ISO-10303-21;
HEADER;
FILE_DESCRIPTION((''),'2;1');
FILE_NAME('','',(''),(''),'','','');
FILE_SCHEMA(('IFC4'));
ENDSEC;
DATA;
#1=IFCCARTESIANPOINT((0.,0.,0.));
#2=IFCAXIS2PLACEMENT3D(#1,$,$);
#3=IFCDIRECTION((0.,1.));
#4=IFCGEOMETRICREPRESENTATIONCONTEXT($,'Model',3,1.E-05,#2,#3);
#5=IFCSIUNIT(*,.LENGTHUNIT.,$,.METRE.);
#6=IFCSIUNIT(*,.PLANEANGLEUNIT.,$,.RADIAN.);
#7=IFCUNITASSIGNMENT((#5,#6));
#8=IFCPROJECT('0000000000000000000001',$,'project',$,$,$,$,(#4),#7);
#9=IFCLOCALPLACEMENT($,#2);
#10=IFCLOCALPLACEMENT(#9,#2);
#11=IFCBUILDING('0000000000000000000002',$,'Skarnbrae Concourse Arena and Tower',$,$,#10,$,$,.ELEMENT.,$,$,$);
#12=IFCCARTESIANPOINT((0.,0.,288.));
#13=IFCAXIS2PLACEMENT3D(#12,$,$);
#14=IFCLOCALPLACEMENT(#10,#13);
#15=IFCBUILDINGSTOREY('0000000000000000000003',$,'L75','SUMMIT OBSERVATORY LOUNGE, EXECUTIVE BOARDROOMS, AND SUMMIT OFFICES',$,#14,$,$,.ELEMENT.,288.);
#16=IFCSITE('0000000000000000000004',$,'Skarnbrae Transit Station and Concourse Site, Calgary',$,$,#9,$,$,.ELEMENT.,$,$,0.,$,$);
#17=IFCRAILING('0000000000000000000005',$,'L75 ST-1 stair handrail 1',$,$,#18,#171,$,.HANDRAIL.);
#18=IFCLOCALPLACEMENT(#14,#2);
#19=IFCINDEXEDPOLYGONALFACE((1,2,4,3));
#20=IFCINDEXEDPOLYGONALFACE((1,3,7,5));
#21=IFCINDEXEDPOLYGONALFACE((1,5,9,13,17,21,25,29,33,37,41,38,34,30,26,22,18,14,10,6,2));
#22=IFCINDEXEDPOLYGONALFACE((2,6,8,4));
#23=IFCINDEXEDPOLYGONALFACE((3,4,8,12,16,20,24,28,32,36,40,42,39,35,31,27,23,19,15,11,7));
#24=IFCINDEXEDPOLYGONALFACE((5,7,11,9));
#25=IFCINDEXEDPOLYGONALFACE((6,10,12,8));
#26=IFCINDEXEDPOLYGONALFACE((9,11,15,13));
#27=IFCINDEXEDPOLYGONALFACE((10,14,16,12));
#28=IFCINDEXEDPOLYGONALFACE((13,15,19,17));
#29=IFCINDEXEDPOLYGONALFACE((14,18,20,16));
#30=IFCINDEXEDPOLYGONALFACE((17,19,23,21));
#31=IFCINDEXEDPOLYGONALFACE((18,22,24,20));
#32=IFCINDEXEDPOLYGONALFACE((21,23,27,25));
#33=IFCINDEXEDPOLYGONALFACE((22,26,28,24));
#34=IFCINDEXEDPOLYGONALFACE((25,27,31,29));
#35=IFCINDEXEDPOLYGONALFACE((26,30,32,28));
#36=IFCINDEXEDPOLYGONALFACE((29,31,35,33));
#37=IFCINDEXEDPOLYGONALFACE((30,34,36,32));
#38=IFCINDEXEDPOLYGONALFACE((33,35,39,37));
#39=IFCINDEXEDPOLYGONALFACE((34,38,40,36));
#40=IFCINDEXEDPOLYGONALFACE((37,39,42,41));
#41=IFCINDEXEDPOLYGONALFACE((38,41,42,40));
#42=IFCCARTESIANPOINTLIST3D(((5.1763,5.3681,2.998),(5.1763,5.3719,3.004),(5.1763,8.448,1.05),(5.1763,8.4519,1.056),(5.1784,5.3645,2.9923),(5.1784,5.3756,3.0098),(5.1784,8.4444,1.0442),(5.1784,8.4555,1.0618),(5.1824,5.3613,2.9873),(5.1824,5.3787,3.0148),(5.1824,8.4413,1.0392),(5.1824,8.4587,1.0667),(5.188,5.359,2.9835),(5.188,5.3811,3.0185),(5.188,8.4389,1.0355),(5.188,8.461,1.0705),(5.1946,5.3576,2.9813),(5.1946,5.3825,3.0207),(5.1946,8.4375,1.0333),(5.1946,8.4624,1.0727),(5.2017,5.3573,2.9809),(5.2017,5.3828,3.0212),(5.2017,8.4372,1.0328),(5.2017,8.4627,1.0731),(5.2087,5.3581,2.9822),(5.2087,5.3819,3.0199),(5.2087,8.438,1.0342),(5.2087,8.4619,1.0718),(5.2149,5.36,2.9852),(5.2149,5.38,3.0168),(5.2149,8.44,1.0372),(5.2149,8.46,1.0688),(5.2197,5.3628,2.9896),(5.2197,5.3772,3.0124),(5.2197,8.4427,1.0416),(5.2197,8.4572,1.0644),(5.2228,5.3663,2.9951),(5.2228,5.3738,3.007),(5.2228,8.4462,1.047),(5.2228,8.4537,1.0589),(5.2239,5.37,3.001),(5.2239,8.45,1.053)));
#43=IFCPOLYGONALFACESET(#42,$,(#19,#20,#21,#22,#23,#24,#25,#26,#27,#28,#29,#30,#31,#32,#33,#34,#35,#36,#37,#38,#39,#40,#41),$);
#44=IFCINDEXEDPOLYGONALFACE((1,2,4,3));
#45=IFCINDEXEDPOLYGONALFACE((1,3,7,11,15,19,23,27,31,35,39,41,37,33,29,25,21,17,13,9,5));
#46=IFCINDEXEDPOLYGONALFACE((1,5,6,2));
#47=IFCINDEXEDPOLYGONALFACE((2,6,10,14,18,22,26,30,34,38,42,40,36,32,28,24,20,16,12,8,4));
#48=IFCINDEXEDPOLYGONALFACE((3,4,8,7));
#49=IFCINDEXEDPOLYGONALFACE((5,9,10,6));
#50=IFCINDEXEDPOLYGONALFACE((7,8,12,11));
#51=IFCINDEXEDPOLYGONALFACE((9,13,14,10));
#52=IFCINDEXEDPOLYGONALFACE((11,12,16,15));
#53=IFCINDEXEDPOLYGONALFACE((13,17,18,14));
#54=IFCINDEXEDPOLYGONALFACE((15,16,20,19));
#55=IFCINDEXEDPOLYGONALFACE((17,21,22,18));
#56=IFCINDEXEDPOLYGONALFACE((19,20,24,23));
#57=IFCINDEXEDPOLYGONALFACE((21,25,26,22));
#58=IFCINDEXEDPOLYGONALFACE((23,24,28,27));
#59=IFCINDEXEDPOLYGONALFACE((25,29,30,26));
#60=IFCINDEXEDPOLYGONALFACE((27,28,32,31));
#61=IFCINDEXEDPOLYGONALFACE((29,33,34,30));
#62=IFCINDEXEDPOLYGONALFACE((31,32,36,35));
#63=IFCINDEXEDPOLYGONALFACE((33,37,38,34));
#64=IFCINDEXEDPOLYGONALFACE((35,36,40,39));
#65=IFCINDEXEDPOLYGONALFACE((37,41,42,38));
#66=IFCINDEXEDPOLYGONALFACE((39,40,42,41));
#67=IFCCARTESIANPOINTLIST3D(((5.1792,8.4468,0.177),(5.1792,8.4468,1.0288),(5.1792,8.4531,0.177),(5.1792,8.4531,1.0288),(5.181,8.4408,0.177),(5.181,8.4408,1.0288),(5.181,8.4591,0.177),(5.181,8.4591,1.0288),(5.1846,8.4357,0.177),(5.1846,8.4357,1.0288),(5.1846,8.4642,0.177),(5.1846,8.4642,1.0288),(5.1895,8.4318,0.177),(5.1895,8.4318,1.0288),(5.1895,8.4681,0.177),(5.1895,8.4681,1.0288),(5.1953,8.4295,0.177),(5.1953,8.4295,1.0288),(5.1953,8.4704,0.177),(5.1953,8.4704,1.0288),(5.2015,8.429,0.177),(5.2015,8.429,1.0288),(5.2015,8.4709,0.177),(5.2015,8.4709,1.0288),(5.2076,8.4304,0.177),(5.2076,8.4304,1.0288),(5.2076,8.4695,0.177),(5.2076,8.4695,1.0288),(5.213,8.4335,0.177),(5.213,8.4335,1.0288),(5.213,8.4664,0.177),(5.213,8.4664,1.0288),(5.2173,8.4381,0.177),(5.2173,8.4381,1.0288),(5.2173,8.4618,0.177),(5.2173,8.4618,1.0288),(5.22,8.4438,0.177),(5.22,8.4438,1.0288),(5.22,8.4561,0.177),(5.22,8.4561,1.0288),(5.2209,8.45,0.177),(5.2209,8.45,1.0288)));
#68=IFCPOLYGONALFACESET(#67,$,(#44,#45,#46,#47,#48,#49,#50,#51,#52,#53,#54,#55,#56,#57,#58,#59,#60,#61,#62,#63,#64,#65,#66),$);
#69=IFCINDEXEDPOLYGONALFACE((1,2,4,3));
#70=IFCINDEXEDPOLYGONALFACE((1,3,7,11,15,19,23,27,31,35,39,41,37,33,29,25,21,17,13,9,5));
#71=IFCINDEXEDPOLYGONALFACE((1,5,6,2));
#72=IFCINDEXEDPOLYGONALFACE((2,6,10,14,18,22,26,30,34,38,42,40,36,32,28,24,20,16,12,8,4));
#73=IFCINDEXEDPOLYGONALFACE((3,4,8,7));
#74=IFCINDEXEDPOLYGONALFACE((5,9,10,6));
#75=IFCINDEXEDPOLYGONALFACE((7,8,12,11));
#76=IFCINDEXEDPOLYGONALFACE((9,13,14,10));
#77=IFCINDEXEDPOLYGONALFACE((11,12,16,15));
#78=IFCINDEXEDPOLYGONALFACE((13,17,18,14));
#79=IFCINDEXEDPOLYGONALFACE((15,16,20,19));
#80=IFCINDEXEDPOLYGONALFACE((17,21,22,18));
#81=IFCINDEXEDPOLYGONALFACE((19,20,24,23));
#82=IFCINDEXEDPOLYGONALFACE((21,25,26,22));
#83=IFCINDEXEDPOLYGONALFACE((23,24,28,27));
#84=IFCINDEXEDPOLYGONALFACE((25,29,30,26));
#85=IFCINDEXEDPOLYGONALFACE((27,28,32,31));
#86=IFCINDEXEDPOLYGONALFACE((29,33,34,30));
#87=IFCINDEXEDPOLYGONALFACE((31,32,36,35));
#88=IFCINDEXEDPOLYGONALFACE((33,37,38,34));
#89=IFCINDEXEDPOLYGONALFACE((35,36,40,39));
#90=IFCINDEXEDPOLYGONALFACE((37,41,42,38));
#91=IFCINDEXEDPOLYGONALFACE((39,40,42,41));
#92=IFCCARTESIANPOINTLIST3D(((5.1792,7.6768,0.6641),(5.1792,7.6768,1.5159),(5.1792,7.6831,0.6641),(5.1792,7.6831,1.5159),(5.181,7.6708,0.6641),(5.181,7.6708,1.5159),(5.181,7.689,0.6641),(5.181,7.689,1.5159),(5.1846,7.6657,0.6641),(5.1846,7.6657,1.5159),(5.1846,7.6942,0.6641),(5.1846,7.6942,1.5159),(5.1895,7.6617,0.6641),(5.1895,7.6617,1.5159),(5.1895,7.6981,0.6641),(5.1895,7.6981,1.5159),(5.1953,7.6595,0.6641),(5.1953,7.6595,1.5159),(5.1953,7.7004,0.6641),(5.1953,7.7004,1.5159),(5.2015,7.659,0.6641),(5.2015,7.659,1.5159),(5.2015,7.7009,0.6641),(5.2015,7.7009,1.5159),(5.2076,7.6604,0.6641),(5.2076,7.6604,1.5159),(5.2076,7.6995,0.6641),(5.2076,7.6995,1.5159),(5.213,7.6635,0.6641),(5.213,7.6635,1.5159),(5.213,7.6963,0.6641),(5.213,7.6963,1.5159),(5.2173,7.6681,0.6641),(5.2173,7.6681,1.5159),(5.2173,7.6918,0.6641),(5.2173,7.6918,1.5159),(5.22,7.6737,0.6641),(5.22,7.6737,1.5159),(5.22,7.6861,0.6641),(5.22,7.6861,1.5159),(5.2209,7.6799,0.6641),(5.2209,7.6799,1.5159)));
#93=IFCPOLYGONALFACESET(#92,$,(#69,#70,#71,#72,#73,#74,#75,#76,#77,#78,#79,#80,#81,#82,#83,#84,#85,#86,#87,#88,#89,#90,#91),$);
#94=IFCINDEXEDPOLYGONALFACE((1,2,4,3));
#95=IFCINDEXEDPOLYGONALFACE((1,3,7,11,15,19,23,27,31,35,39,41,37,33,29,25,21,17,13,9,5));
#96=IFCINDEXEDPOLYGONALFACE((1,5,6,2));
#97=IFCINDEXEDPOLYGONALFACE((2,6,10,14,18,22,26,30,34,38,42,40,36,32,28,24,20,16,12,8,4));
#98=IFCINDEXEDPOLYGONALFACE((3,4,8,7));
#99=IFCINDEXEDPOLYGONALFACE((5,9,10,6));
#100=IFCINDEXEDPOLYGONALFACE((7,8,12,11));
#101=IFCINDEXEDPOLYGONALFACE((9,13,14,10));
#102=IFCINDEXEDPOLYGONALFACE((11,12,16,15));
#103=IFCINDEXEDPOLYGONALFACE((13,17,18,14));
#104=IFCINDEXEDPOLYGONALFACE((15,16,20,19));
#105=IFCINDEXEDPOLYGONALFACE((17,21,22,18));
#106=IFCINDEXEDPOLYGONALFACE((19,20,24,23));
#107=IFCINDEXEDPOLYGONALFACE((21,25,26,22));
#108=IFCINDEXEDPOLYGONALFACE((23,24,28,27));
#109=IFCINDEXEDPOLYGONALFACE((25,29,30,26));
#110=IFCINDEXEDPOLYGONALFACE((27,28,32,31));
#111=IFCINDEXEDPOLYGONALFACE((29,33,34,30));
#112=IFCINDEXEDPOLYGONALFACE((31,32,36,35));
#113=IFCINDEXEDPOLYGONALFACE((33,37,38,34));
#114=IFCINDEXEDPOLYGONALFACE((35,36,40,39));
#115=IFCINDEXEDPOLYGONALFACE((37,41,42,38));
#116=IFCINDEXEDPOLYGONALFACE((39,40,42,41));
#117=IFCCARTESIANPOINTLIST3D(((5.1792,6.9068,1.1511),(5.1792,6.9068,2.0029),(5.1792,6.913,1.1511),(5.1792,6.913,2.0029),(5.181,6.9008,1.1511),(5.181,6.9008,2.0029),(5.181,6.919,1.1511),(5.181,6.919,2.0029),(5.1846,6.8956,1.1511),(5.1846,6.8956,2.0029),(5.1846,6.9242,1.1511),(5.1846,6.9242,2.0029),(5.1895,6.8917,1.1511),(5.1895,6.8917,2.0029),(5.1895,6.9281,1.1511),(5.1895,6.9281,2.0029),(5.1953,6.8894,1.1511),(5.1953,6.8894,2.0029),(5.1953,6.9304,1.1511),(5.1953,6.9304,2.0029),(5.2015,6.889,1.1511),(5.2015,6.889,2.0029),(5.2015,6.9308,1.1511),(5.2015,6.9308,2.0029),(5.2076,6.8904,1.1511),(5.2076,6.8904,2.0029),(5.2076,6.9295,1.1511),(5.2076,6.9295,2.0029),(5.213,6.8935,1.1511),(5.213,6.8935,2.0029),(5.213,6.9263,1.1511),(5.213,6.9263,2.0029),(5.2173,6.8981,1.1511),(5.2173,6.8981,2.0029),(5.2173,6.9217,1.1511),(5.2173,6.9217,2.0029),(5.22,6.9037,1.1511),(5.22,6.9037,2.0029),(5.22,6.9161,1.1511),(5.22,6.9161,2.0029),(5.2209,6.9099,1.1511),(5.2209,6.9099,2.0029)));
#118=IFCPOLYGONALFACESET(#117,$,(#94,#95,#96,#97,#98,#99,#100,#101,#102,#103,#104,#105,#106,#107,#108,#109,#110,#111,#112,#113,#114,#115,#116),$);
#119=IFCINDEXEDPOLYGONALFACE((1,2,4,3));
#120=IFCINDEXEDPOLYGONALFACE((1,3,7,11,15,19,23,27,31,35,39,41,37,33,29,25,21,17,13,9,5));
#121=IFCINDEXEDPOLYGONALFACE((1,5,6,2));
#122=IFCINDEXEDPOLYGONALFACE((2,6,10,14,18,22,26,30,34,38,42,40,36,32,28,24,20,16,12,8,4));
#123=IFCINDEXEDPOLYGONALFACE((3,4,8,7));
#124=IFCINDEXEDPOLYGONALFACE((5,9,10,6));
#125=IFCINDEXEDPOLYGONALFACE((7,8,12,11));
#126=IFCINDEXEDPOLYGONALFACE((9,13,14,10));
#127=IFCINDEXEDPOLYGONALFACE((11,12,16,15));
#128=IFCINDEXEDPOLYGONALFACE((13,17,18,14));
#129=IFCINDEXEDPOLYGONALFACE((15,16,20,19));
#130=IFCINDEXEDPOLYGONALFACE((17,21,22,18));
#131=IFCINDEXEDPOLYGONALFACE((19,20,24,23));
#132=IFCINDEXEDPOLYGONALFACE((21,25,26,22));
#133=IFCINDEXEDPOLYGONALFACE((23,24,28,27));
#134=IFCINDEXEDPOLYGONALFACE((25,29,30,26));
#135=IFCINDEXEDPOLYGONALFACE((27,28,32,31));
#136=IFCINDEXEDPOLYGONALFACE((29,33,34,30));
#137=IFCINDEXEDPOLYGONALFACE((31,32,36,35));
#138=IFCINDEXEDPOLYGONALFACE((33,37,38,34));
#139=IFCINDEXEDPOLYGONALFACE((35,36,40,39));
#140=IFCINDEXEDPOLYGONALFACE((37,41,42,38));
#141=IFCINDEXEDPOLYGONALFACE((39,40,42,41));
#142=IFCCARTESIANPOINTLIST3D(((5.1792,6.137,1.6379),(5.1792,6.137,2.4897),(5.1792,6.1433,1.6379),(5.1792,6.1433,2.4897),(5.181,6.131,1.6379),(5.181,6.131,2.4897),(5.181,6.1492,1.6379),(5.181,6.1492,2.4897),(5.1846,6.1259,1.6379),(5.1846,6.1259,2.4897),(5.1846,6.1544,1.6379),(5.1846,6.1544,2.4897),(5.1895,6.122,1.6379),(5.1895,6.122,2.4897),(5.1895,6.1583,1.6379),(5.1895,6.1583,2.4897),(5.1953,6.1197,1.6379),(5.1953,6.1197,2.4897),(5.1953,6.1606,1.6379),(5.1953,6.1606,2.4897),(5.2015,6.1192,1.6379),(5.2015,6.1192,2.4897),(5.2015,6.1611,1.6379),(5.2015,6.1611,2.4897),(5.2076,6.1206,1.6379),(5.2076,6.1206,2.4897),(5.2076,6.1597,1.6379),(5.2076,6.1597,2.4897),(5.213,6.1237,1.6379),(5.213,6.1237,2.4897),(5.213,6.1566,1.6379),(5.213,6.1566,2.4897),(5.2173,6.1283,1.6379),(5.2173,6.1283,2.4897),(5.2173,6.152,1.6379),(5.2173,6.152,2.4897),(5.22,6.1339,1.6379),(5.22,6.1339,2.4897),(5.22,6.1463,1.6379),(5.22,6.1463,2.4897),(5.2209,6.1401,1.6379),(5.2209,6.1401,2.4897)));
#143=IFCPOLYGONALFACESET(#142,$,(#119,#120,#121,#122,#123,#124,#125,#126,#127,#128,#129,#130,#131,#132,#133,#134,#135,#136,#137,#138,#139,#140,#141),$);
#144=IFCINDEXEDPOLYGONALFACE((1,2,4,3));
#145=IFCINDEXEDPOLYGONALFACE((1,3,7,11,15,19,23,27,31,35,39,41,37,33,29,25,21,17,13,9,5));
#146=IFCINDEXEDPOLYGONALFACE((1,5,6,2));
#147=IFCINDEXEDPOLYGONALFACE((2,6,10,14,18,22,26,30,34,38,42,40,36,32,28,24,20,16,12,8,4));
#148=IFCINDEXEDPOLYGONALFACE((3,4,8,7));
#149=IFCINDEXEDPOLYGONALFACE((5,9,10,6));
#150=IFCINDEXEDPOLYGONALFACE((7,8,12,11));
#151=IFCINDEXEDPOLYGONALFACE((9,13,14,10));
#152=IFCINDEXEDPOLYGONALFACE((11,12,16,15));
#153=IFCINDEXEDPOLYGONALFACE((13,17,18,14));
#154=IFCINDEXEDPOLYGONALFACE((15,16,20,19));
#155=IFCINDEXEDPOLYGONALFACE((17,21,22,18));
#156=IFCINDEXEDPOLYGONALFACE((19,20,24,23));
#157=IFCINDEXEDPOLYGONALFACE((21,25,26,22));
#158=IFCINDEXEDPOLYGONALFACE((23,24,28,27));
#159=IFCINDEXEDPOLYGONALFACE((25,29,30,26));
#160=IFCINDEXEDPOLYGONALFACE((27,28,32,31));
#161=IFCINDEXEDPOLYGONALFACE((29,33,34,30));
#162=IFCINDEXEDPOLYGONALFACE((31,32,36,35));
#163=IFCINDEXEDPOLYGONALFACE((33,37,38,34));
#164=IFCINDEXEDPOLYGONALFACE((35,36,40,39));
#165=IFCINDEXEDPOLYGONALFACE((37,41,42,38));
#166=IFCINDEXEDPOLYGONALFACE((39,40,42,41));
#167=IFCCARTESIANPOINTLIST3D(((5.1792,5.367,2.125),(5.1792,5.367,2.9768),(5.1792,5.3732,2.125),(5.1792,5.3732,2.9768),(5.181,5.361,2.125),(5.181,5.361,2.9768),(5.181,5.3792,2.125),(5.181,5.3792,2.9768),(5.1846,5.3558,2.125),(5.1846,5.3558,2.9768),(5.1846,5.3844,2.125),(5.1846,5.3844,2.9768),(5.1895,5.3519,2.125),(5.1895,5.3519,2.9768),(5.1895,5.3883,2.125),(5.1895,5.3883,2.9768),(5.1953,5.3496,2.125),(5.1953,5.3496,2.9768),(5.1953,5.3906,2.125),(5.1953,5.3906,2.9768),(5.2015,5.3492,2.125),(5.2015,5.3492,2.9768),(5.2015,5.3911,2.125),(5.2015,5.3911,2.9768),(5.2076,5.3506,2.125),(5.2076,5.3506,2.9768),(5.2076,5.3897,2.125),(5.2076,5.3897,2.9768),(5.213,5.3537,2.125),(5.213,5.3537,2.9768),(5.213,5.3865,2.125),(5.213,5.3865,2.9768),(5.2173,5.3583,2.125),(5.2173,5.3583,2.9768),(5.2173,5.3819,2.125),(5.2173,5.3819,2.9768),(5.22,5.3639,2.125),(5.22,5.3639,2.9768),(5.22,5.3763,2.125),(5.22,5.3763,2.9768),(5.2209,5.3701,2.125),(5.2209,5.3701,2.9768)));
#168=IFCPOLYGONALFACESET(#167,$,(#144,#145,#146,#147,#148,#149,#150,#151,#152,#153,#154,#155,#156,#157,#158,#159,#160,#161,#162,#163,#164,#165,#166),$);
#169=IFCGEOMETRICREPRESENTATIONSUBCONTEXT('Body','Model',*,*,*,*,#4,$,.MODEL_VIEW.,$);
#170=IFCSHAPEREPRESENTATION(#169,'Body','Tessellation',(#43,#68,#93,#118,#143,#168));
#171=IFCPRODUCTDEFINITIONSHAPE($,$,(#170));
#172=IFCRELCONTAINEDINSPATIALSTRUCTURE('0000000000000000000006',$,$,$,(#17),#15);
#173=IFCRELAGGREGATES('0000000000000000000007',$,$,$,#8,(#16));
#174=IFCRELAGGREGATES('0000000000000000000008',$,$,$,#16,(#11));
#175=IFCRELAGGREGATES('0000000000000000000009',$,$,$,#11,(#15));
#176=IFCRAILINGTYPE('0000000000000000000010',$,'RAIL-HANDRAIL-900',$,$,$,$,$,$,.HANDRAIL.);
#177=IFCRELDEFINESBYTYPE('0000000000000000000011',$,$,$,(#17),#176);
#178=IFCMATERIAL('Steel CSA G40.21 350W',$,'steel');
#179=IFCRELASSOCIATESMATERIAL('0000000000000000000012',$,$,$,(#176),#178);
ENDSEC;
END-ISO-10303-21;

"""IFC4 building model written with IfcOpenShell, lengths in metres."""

from ifc_helpers import new_model, si_unit, direction, frame, origin, origin_2d, place, context, subcontext, project, spatial, circle, extrude, material, type_object, element, save


model = new_model("IFC4")

# Units and contexts
model_context = context("Model", 3, precision=1e-05, world=origin(), true_north=direction((0.0, 1.0)))
body_context = subcontext(model_context, "Body", "Model", "MODEL_VIEW")
ifc_project = project(units=[si_unit("LENGTHUNIT", "METRE"), si_unit("PLANEANGLEUNIT", "RADIAN")], contexts=[model_context])

# Site, building, storey
site_placement = place(None, origin())
site = spatial("IfcSite", under=ifc_project, at=site_placement, Name="Skarnbrae Transit Station and Concourse Site, Calgary", CompositionType="ELEMENT", RefElevation=0.0)
building_placement = place(site_placement, origin())
building = spatial("IfcBuilding", under=site, at=building_placement, Name="Skarnbrae Concourse Arena and Tower", CompositionType="ELEMENT")
storey_placement = place(building_placement, frame((0.0, 0.0, 288.0)))
storey = spatial("IfcBuildingStorey", under=building, at=storey_placement, Name="L75", Description="SUMMIT OBSERVATORY LOUNGE, EXECUTIVE BOARDROOMS, AND SUMMIT OFFICES", CompositionType="ELEMENT", Elevation=288.0)

# Shared definitions
ifc_material_1 = material(Name="Steel CSA G40.21 350W", Category="steel")

# Railing
railing_type = type_object("IfcRailingType", Name="RAIL-HANDRAIL-900", PredefinedType="HANDRAIL", material=ifc_material_1)
railing_placement = place(storey_placement, frame((5.2, 8.45, 0.177)))
element("IfcRailing", 1, at=railing_placement, inside=storey, type_object=railing_type, Name="L75 ST-1 stair handrail 1", PredefinedType="HANDRAIL", context=body_context, shape_type="SweptSolid", body=[
    extrude(circle(Radius=0.0239, at=origin_2d()), frame((0.0, 0.0, 0.876), z_axis=(0.0, -0.845137, 0.53455), x_axis=(1.0, 0.0, 0.0)), (0.0, 0.0, 1.0), 3.6443),
    extrude(circle(Radius=0.021, at=origin_2d()), origin(), (0.0, 0.0, 1.0), 0.8518),
    extrude(circle(Radius=0.021, at=origin_2d()), frame((0.0, -0.77, 0.4871)), (0.0, 0.0, 1.0), 0.8518),
    extrude(circle(Radius=0.021, at=origin_2d()), frame((0.0, -1.54, 0.9741)), (0.0, 0.0, 1.0), 0.8518),
    extrude(circle(Radius=0.021, at=origin_2d()), frame((0.0, -2.3098, 1.4609)), (0.0, 0.0, 1.0), 0.8518),
    extrude(circle(Radius=0.021, at=origin_2d()), frame((0.0, -3.0798, 1.948)), (0.0, 0.0, 1.0), 0.8518),
])

save(model, "model.ifc")
